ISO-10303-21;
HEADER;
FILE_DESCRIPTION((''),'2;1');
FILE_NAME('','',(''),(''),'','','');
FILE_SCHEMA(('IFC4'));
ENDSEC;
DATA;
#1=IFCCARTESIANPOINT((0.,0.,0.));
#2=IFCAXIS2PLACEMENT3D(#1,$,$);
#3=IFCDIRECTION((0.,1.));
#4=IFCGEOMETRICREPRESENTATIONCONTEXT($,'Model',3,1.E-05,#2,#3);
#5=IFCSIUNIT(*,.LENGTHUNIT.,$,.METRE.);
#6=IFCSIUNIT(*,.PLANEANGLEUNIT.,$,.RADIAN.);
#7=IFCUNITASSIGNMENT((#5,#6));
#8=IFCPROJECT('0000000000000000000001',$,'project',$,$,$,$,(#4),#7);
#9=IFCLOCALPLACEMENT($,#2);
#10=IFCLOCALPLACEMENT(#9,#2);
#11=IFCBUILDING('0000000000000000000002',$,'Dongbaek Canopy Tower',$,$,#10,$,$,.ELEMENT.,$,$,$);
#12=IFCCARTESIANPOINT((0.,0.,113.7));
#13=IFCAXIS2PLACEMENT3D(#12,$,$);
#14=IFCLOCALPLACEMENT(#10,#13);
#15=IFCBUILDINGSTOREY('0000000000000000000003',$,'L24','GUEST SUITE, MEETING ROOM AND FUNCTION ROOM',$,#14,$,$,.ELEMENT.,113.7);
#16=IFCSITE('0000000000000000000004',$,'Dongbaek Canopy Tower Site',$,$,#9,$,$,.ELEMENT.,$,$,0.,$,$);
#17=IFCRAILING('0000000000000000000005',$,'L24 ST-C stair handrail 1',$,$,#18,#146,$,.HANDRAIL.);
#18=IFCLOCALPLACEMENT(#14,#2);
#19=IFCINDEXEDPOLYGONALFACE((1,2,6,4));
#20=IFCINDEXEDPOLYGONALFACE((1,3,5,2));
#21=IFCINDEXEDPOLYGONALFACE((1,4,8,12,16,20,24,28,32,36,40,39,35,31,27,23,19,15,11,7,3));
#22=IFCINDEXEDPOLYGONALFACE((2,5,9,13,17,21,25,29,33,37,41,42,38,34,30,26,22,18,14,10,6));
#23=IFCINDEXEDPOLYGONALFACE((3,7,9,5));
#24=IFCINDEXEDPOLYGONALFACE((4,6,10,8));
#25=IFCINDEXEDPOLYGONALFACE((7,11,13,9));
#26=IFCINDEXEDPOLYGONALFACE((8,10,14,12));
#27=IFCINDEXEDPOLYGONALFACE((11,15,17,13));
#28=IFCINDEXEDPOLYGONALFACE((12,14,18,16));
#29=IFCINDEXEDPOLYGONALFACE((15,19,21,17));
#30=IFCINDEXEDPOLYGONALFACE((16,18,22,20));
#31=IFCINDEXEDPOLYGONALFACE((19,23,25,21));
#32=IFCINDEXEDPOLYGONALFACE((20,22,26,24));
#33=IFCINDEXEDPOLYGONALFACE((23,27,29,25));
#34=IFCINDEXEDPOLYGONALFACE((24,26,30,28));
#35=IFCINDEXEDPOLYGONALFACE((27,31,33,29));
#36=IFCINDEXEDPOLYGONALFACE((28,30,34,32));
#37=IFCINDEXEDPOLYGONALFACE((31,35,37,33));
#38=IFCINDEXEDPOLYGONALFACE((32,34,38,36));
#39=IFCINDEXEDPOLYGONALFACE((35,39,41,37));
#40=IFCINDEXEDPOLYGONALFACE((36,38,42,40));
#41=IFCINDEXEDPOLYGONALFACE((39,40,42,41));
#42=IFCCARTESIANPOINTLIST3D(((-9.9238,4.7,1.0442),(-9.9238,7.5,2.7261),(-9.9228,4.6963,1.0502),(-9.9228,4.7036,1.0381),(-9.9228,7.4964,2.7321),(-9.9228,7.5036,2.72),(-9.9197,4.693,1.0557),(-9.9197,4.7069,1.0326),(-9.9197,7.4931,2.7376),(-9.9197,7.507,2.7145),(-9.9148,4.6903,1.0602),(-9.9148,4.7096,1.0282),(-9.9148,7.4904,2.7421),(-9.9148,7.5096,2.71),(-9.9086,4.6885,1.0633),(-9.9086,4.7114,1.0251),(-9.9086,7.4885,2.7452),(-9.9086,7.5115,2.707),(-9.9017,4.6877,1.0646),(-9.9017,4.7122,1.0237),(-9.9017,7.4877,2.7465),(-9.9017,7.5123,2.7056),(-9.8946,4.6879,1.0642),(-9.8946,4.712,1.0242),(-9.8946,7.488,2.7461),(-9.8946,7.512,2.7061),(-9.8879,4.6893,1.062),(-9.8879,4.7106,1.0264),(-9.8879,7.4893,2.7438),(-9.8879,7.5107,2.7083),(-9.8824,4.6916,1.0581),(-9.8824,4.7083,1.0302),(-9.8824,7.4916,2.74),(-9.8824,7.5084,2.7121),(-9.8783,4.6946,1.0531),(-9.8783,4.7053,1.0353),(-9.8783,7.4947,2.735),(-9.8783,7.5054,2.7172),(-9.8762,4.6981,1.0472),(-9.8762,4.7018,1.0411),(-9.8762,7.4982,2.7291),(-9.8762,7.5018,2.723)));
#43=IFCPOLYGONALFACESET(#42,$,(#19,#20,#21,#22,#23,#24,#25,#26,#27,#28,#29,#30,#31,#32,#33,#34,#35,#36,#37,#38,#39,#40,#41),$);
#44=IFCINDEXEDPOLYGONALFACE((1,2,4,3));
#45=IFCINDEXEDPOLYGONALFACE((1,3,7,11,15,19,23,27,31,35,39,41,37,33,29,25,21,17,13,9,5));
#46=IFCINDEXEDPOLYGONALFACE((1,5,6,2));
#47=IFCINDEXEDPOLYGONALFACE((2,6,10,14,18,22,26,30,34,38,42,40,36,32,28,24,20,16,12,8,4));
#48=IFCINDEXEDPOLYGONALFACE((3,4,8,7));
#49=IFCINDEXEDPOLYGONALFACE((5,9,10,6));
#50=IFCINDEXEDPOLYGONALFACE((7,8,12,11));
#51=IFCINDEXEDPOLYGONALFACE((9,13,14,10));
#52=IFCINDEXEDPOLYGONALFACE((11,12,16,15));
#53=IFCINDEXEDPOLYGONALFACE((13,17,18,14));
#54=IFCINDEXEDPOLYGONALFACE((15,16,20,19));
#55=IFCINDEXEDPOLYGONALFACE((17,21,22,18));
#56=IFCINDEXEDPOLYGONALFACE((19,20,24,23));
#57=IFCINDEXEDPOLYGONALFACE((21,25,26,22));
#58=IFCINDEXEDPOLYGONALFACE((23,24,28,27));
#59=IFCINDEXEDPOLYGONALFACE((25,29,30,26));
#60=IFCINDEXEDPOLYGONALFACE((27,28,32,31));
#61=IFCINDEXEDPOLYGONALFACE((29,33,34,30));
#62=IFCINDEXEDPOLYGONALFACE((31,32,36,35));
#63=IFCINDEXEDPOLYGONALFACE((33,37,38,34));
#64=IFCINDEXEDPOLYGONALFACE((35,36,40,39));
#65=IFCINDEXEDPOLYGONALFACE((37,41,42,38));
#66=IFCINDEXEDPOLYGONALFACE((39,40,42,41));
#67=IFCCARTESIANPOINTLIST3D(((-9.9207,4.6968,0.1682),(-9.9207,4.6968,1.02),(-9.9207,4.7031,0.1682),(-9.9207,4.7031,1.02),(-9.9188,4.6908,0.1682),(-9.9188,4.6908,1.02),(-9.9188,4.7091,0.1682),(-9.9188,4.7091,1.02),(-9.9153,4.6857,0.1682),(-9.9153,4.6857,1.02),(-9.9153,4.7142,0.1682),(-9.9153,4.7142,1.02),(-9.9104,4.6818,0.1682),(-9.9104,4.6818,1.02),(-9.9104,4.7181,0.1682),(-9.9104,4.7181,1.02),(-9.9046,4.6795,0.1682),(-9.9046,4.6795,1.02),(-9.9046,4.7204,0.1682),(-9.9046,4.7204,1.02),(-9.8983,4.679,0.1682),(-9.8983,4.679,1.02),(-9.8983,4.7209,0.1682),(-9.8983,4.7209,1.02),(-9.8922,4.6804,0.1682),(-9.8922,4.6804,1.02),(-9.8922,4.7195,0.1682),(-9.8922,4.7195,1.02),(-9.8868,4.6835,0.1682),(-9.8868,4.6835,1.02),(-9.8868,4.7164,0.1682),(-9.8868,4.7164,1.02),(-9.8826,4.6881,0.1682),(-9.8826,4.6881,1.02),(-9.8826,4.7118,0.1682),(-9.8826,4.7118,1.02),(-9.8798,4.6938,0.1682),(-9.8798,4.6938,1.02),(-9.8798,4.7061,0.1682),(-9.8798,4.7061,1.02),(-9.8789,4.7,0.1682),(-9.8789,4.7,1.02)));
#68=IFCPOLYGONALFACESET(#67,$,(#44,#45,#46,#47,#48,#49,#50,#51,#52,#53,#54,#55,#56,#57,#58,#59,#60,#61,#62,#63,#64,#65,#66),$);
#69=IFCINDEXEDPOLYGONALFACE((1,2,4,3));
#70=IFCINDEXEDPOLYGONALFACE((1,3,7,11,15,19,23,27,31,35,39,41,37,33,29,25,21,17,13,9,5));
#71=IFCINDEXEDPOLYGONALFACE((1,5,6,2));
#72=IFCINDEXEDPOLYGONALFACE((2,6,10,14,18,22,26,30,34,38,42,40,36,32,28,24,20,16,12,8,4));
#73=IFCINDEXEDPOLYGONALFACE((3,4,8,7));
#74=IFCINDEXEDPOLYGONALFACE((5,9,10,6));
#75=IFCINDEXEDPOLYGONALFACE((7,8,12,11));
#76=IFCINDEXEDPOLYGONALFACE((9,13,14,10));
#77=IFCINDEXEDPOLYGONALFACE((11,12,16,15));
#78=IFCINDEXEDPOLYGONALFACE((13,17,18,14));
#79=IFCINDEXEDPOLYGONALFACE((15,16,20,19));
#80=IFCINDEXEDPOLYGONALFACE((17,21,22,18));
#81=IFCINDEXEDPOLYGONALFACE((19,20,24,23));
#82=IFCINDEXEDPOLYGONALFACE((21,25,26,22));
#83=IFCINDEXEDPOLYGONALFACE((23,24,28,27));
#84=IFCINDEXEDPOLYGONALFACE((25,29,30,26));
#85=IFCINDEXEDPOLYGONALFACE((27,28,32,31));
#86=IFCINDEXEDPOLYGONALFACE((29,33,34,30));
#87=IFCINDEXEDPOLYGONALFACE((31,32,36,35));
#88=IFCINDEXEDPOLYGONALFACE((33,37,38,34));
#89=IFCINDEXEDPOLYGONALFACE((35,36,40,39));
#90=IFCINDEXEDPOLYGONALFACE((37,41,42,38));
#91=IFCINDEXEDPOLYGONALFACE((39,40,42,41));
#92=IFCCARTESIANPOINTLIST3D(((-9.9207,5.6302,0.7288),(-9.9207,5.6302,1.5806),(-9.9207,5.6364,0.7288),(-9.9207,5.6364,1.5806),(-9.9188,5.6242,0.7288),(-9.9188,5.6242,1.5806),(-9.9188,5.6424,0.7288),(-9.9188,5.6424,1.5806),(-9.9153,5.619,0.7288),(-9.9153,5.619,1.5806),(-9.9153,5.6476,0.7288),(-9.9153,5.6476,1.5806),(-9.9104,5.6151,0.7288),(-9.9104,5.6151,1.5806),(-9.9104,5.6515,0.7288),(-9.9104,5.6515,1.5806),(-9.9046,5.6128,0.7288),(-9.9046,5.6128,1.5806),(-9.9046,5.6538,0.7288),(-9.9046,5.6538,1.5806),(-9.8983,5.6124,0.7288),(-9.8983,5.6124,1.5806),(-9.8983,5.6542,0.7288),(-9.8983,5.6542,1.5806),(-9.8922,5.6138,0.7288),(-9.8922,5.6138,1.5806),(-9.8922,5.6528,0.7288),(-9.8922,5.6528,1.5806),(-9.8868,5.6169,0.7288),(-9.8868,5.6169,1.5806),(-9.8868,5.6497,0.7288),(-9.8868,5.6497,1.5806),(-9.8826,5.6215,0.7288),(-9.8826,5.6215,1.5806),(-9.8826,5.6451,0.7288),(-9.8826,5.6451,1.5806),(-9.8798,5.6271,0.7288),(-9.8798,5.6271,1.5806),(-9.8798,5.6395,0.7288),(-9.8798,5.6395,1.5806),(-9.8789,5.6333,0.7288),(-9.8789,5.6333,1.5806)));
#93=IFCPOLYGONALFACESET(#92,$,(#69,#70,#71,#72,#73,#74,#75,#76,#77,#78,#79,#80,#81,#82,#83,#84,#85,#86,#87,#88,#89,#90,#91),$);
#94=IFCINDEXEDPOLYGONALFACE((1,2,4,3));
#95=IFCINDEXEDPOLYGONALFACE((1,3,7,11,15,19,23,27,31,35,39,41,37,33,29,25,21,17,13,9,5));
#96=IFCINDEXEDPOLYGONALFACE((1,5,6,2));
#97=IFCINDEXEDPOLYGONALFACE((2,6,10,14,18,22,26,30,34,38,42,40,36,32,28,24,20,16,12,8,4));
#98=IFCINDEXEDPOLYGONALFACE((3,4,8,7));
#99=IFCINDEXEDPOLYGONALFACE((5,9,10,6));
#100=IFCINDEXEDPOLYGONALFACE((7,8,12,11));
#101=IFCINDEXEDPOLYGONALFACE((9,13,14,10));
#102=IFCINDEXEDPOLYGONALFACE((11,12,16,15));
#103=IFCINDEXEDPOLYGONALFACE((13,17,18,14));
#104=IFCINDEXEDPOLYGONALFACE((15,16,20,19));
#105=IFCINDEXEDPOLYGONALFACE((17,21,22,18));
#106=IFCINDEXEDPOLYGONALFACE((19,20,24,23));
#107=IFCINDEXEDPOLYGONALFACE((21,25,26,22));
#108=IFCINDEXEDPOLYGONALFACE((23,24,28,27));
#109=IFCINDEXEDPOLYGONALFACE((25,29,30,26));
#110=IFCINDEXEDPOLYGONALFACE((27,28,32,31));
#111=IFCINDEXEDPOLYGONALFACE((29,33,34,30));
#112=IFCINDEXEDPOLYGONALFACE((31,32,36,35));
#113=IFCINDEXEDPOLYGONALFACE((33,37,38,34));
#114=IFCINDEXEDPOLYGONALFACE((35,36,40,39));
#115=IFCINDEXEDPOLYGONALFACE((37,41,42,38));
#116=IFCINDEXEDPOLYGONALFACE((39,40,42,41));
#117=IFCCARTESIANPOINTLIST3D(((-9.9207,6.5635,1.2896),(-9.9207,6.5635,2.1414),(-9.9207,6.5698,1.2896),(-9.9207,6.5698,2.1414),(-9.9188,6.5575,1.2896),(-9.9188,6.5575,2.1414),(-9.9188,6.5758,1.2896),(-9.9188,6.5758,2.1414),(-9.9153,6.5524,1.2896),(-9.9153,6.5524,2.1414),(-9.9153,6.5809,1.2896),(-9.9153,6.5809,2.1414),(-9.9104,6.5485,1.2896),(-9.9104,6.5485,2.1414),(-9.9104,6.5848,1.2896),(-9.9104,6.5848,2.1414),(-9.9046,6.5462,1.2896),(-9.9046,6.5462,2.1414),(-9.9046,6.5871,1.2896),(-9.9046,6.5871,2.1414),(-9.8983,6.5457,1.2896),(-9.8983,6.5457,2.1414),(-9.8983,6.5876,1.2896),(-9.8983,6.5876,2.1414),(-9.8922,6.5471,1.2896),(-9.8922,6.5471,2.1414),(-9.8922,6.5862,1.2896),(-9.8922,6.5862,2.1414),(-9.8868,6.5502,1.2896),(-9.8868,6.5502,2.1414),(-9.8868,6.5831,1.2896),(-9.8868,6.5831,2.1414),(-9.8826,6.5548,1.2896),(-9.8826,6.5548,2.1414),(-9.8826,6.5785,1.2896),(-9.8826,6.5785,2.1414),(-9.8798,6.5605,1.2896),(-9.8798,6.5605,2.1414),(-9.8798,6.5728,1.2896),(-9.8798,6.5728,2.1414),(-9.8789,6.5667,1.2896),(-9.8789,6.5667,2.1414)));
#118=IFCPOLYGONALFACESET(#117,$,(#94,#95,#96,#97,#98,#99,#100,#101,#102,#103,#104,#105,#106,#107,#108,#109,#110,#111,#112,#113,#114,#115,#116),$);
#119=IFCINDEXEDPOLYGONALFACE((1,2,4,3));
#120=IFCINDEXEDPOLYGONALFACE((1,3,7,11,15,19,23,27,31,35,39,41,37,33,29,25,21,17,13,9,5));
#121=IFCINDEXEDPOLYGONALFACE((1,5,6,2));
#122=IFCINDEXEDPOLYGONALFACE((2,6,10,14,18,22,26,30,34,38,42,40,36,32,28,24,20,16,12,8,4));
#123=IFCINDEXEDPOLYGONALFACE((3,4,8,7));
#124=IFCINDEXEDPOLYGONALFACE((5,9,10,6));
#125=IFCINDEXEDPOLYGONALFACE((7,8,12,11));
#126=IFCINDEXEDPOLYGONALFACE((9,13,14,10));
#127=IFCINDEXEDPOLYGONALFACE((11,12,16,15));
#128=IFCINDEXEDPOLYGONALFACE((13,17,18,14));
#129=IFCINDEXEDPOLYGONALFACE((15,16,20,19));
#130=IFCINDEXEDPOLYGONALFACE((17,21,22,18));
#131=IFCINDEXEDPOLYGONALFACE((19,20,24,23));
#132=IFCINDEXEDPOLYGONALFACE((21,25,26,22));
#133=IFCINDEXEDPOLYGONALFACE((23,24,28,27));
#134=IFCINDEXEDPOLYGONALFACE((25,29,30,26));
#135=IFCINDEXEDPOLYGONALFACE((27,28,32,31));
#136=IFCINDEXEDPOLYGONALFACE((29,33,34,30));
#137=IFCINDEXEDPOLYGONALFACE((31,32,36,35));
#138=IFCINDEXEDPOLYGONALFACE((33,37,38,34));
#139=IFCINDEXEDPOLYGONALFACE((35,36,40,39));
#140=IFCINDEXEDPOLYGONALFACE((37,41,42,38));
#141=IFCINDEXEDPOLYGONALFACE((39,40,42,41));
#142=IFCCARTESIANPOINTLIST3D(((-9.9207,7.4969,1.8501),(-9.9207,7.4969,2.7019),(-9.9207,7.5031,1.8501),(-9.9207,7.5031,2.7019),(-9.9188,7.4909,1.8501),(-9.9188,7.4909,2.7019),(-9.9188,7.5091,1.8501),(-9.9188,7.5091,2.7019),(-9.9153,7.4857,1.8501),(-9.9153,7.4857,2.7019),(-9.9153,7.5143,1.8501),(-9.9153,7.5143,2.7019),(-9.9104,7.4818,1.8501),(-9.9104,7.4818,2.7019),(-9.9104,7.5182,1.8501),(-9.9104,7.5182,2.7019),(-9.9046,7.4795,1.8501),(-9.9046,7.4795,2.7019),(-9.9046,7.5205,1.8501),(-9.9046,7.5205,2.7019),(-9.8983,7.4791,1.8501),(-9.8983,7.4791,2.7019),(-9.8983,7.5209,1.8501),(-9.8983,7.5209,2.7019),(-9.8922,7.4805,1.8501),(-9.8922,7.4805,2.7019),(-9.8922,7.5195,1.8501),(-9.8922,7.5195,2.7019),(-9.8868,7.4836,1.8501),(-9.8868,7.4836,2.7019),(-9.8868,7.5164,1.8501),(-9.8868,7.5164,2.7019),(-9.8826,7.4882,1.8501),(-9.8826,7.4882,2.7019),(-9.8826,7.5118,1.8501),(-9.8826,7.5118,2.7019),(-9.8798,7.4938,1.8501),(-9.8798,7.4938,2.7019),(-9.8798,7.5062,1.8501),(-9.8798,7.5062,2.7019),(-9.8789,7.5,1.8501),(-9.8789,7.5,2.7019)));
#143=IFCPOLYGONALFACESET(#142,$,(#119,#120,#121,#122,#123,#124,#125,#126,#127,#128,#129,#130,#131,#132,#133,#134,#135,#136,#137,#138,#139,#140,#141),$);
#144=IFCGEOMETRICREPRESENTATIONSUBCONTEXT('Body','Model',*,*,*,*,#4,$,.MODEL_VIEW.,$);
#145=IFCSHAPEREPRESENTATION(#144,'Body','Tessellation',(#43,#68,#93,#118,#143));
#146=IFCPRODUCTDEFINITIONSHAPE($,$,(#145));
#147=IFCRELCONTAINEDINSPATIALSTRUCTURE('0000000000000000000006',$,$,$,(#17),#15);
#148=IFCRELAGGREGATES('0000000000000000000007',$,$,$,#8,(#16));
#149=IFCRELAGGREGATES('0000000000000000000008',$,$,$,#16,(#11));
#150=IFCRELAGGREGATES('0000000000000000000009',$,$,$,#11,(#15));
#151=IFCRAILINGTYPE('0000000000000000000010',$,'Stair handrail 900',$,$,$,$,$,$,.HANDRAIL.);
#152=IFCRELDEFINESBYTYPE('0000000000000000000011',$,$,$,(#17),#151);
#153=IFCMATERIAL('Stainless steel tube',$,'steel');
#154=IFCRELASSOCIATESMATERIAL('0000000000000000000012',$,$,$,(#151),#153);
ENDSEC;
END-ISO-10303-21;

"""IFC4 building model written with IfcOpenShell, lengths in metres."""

from ifc_helpers import new_model, si_unit, direction, frame, origin, origin_2d, place, context, subcontext, project, spatial, circle, extrude, material, type_object, element, save


model = new_model("IFC4")

# Units and contexts
model_context = context("Model", 3, precision=1e-05, world=origin(), true_north=direction((0.0, 1.0)))
body_context = subcontext(model_context, "Body", "Model", "MODEL_VIEW")
ifc_project = project(units=[si_unit("LENGTHUNIT", "METRE"), si_unit("PLANEANGLEUNIT", "RADIAN")], contexts=[model_context])

# Site, building, storey
site_placement = place(None, origin())
site = spatial("IfcSite", under=ifc_project, at=site_placement, Name="Dongbaek Canopy Tower Site", CompositionType="ELEMENT", RefElevation=0.0)
building_placement = place(site_placement, origin())
building = spatial("IfcBuilding", under=site, at=building_placement, Name="Dongbaek Canopy Tower", CompositionType="ELEMENT")
storey_placement = place(building_placement, frame((0.0, 0.0, 113.7)))
storey = spatial("IfcBuildingStorey", under=building, at=storey_placement, Name="L24", Description="GUEST SUITE, MEETING ROOM AND FUNCTION ROOM", CompositionType="ELEMENT", Elevation=113.7)

# Railing
ifc_material_1 = material(Name="Stainless steel tube", Category="steel")
railing_type_1 = type_object("IfcRailingType", Name="Stair handrail 900", PredefinedType="HANDRAIL", material=ifc_material_1)
railing_1_placement = place(storey_placement, frame((-9.8999, 4.7, 0.1682)))
element("IfcRailing", 1, at=railing_1_placement, inside=storey, type_object=railing_type_1, Name="L24 ST-C stair handrail 1", PredefinedType="HANDRAIL", context=body_context, shape_type="SweptSolid", body=[
    extrude(circle(Radius=0.0239, at=origin_2d()), frame((0.0, 0.0, 0.876), z_axis=(0.0, 0.857242, 0.514913), x_axis=(-1.0, 0.0, 0.0)), (0.0, 0.0, 1.0), 3.2664),
    extrude(circle(Radius=0.021, at=origin_2d()), origin(), (0.0, 0.0, 1.0), 0.8518),
    extrude(circle(Radius=0.021, at=origin_2d()), frame((0.0, 0.9333, 0.5605)), (0.0, 0.0, 1.0), 0.8518),
    extrude(circle(Radius=0.021, at=origin_2d()), frame((0.0, 1.8667, 1.1213)), (0.0, 0.0, 1.0), 0.8518),
    extrude(circle(Radius=0.021, at=origin_2d()), frame((0.0, 2.8, 1.6819)), (0.0, 0.0, 1.0), 0.8518),
])

save(model, "model.ifc")
